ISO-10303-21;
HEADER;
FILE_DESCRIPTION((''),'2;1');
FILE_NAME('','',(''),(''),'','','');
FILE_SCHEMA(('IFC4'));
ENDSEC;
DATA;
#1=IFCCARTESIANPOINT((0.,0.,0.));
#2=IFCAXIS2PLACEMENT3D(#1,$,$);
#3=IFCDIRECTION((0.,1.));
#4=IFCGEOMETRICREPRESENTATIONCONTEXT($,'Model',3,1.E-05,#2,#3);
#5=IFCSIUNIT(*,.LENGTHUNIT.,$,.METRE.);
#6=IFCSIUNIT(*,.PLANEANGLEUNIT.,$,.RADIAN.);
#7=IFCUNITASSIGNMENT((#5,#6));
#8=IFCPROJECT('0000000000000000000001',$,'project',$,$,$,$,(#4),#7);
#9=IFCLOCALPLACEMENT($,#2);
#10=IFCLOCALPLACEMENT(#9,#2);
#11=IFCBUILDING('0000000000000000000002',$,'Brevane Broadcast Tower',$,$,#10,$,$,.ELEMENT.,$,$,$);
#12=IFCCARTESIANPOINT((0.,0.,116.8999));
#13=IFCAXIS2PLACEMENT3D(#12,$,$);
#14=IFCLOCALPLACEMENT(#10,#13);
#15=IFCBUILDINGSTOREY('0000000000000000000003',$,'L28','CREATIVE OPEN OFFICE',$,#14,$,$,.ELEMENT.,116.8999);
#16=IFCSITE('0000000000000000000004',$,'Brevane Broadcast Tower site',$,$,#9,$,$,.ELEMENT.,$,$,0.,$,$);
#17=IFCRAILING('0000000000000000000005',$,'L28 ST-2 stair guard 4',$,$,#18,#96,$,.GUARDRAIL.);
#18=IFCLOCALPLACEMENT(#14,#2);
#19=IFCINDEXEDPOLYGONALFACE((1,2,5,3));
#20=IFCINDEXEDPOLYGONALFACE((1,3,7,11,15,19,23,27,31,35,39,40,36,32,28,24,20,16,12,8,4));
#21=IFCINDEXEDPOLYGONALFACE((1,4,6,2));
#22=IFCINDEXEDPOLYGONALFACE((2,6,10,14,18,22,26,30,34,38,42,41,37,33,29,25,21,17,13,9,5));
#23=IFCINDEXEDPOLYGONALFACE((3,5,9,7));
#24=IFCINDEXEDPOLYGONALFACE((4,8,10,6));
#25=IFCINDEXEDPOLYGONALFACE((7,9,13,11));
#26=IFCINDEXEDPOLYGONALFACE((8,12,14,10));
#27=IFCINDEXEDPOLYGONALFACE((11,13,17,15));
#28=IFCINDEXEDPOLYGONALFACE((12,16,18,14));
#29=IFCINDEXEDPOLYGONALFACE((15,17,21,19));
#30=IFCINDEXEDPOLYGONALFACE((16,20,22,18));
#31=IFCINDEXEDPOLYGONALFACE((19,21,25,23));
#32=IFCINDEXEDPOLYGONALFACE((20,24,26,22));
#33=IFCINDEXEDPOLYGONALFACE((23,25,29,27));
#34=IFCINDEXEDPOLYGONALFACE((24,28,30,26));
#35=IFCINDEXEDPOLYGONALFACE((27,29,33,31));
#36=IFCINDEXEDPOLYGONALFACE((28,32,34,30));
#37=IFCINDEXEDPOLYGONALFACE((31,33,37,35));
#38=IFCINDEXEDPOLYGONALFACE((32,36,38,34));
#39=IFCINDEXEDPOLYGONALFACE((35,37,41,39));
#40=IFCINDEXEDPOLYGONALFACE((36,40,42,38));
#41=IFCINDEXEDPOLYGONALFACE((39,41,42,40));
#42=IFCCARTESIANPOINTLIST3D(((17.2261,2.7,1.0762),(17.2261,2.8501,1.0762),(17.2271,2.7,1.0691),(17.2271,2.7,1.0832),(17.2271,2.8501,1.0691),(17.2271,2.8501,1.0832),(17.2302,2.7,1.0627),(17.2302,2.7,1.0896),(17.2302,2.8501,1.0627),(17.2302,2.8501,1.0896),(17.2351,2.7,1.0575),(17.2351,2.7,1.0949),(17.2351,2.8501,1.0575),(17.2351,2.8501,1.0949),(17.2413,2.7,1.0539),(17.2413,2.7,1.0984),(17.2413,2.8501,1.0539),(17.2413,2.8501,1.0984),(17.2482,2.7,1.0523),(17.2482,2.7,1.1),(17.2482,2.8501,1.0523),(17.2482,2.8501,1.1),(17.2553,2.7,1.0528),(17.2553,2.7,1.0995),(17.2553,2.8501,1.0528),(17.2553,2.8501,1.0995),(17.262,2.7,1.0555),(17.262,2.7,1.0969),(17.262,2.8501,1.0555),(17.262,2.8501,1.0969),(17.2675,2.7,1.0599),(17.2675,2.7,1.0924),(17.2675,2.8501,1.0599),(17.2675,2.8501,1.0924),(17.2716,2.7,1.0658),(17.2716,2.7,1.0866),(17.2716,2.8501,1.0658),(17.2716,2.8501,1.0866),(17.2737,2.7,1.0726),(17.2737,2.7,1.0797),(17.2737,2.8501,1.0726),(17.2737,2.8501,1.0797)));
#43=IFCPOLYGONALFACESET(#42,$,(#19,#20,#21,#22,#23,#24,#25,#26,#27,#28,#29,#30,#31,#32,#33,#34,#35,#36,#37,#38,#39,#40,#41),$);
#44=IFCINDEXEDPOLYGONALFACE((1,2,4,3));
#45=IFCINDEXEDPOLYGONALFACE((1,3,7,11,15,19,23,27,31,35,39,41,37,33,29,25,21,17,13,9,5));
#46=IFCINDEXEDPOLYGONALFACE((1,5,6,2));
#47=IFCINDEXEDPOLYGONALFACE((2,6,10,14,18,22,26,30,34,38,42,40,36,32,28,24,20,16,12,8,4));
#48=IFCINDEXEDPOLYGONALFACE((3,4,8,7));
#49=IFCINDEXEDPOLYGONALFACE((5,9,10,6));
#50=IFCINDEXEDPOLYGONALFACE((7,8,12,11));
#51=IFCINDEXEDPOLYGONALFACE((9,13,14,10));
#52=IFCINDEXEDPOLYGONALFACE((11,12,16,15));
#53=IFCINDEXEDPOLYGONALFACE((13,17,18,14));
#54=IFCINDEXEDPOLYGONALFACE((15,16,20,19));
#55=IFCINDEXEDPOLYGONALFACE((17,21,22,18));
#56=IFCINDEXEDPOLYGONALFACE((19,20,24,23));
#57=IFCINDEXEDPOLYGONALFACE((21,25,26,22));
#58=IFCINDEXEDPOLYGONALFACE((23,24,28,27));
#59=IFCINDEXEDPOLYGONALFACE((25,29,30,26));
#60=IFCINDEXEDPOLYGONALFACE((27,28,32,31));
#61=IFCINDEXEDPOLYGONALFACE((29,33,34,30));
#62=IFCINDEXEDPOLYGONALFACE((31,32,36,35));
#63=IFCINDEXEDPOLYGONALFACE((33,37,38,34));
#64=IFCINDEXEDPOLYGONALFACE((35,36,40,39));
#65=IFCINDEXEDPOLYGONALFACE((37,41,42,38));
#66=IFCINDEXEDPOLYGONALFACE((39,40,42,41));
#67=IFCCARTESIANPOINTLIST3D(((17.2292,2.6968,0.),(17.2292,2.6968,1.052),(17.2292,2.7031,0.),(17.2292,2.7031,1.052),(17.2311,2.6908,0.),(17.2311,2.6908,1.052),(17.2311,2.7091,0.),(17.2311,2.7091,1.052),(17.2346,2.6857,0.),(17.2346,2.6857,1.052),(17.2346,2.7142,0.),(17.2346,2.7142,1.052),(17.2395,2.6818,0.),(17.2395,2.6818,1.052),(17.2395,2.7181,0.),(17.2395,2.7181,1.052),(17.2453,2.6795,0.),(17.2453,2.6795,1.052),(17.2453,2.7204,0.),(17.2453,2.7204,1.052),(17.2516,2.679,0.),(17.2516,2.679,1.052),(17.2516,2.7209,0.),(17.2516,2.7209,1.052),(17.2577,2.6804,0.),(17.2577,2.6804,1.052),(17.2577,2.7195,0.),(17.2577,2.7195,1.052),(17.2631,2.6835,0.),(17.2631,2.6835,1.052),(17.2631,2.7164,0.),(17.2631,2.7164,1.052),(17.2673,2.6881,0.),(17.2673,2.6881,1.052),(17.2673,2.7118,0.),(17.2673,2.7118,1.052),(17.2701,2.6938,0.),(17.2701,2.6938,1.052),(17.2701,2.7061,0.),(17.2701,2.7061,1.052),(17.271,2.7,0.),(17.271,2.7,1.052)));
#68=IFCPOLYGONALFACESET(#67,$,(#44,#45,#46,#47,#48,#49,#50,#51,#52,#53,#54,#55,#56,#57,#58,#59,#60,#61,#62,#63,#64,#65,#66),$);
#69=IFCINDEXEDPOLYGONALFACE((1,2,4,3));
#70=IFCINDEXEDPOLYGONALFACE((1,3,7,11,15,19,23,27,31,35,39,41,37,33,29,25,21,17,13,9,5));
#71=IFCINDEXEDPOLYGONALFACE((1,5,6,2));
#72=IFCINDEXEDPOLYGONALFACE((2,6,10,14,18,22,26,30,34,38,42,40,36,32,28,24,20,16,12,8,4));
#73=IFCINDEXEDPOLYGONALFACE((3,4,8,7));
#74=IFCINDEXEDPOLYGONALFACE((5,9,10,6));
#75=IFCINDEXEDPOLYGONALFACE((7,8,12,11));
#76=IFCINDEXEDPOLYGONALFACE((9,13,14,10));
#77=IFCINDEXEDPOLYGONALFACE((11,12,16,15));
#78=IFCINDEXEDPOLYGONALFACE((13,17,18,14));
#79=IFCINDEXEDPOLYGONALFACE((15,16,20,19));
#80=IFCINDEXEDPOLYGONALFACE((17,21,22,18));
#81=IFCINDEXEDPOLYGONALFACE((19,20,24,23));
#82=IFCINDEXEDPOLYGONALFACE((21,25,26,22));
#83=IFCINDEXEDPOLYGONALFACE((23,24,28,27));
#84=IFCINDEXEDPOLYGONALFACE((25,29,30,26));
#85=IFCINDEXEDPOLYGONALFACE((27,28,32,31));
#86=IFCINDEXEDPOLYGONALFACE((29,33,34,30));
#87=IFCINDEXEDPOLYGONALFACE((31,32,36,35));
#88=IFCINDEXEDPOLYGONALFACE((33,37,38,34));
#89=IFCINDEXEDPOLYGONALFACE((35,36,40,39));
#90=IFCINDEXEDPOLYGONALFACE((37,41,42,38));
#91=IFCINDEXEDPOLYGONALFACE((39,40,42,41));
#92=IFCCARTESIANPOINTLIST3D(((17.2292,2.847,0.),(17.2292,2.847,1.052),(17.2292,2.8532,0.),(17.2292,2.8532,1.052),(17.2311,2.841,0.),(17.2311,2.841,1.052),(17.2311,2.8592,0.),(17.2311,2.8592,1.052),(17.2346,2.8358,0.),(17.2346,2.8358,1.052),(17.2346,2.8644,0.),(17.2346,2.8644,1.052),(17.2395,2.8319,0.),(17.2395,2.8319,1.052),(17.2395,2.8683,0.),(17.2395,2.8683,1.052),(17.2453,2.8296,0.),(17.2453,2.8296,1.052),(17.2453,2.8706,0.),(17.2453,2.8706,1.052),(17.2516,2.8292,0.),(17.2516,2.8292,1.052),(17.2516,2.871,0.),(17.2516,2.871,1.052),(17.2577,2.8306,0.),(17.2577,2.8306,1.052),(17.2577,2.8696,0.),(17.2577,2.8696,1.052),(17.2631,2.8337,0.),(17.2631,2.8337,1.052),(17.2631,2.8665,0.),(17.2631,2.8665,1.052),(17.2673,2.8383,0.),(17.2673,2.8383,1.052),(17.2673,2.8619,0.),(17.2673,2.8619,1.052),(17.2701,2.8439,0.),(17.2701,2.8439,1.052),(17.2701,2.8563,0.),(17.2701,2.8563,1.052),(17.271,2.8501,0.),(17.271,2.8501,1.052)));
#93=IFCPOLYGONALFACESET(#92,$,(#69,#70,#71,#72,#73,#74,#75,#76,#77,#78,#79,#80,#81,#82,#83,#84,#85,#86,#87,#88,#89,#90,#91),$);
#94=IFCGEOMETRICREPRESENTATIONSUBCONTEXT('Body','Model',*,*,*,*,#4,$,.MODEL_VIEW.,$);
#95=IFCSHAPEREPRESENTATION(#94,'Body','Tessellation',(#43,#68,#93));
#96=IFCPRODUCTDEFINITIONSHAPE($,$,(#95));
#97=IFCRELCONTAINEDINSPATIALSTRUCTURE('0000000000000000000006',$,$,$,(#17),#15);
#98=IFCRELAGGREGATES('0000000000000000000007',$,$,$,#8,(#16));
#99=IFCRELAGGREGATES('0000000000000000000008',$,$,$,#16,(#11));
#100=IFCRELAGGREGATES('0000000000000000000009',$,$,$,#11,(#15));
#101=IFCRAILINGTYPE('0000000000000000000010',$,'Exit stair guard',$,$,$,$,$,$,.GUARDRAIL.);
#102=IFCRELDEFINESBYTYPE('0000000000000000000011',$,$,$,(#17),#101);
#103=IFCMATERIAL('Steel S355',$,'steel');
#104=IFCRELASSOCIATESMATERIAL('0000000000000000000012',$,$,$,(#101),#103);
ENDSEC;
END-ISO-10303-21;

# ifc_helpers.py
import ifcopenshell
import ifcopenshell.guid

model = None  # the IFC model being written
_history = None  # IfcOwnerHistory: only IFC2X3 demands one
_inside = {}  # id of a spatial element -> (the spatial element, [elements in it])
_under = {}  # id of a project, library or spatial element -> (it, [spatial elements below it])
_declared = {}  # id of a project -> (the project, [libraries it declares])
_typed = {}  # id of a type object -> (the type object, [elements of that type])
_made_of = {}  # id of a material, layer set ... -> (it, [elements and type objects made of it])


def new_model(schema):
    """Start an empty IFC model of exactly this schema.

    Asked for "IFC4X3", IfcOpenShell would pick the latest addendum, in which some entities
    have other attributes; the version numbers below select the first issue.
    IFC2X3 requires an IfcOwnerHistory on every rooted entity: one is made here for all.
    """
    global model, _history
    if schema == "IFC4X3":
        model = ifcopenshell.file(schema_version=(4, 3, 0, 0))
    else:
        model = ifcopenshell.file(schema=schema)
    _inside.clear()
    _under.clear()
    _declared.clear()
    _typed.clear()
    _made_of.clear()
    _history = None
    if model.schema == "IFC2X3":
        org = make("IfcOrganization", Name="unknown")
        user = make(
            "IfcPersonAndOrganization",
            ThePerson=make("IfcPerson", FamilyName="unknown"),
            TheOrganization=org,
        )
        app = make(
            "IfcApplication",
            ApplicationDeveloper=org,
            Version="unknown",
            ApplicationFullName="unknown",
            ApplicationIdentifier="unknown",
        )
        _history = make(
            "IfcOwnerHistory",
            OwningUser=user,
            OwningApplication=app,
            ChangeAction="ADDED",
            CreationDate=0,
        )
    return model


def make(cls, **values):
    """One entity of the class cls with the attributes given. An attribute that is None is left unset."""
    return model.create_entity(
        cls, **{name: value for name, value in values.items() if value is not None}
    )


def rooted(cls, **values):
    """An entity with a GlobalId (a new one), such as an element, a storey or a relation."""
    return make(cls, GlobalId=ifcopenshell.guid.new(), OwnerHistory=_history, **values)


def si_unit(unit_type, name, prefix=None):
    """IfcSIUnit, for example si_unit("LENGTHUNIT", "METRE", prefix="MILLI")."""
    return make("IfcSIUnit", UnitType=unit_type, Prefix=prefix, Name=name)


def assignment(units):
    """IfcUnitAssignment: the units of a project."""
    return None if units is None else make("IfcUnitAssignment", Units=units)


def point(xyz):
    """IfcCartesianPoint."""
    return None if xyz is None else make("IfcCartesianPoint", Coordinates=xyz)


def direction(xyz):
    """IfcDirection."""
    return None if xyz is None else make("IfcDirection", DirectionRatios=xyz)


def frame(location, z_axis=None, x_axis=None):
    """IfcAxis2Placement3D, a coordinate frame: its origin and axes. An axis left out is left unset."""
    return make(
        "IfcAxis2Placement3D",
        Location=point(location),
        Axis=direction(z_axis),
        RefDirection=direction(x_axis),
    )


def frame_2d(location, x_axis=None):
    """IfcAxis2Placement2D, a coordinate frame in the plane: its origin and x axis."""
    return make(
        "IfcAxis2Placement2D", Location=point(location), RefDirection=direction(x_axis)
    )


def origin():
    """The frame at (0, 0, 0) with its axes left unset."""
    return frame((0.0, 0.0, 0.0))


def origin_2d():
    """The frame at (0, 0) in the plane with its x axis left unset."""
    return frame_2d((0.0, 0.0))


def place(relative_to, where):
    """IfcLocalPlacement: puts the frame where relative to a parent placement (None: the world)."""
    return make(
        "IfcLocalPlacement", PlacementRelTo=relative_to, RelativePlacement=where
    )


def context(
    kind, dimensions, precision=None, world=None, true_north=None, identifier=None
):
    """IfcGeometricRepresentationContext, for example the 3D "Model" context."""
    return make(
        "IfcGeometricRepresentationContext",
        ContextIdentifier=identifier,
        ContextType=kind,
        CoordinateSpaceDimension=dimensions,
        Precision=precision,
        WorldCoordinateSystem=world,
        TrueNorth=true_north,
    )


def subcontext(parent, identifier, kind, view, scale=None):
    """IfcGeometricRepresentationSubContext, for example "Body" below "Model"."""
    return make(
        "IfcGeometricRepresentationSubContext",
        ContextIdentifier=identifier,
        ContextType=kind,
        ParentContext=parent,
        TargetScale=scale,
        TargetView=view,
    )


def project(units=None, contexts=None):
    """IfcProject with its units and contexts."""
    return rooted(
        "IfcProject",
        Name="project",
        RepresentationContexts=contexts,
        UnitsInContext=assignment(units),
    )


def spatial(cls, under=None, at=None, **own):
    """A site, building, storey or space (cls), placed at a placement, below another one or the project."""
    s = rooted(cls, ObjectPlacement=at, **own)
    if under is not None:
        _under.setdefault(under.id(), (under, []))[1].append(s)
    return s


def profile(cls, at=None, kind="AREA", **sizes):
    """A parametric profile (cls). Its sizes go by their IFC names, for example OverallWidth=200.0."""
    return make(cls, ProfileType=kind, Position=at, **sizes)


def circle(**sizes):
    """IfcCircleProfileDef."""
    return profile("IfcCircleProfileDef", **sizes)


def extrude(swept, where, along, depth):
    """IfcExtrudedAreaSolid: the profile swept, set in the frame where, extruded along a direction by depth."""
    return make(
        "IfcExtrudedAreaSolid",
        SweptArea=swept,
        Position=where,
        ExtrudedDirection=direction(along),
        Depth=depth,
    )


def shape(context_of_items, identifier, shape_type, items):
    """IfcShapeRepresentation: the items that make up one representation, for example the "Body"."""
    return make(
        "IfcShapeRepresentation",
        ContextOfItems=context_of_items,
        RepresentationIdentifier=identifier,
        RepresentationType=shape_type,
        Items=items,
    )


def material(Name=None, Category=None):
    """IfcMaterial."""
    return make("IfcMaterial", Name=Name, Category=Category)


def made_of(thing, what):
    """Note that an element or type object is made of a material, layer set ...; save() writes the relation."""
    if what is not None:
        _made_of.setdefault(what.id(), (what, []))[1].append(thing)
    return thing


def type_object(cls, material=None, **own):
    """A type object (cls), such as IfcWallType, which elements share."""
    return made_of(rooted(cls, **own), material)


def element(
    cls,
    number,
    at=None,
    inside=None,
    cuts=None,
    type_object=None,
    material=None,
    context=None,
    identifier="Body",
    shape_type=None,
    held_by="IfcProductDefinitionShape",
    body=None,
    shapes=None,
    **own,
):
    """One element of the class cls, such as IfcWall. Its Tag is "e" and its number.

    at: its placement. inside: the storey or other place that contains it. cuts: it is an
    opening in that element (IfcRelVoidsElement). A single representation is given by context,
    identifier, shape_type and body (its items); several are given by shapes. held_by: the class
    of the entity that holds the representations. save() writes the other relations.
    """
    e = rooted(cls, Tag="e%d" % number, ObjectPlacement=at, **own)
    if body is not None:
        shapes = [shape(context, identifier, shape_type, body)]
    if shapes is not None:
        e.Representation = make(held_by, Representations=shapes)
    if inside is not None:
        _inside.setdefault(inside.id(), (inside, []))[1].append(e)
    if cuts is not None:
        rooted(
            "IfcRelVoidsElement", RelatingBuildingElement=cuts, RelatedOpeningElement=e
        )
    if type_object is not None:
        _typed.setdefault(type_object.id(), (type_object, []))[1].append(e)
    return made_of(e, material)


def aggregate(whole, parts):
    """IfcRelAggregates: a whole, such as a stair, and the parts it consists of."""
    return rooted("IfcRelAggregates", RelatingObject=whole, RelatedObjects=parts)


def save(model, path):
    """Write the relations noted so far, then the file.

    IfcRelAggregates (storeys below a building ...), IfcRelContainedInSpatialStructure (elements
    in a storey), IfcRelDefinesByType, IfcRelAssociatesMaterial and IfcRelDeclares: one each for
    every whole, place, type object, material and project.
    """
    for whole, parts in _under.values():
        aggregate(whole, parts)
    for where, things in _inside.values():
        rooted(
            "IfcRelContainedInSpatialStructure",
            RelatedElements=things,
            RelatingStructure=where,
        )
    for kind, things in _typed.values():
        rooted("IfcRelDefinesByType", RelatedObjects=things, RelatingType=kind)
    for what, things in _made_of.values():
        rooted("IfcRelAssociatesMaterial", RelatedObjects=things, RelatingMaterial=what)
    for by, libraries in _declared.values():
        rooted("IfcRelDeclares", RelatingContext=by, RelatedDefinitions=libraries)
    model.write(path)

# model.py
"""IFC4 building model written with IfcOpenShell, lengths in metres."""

from ifc_helpers import new_model, si_unit, direction, frame, origin, origin_2d, place, context, subcontext, project, spatial, circle, extrude, material, type_object, element, save


model = new_model("IFC4")

# Units and contexts
model_context = context("Model", 3, precision=1e-05, world=origin(), true_north=direction((0.0, 1.0)))
body_context = subcontext(model_context, "Body", "Model", "MODEL_VIEW")
ifc_project = project(units=[si_unit("LENGTHUNIT", "METRE"), si_unit("PLANEANGLEUNIT", "RADIAN")], contexts=[model_context])

# Site, building, storey
site_placement = place(None, origin())
site = spatial("IfcSite", under=ifc_project, at=site_placement, Name="Brevane Broadcast Tower site", CompositionType="ELEMENT", RefElevation=0.0)
building_placement = place(site_placement, origin())
building = spatial("IfcBuilding", under=site, at=building_placement, Name="Brevane Broadcast Tower", CompositionType="ELEMENT")
storey_placement = place(building_placement, frame((0.0, 0.0, 116.8999)))
storey = spatial("IfcBuildingStorey", under=building, at=storey_placement, Name="L28", Description="CREATIVE OPEN OFFICE", CompositionType="ELEMENT", Elevation=116.8999)

# Railing
ifc_material_1 = material(Name="Steel S355", Category="steel")
railing_type_1 = type_object("IfcRailingType", Name="Exit stair guard", PredefinedType="GUARDRAIL", material=ifc_material_1)
railing_1_placement = place(storey_placement, frame((17.25, 2.7, 0.0)))
element("IfcRailing", 1, at=railing_1_placement, inside=storey, type_object=railing_type_1, Name="L28 ST-2 stair guard 4", PredefinedType="GUARDRAIL", context=body_context, shape_type="SweptSolid", body=[
    extrude(circle(Radius=0.0239, at=origin_2d()), frame((0.0, 0.0, 1.0762), z_axis=(0.0, 1.0, 0.0), x_axis=(-1.0, 0.0, 0.0)), (0.0, 0.0, 1.0), 0.1501),
    extrude(circle(Radius=0.021, at=origin_2d()), origin(), (0.0, 0.0, 1.0), 1.052),
    extrude(circle(Radius=0.021, at=origin_2d()), frame((0.0, 0.1501, 0.0)), (0.0, 0.0, 1.0), 1.052),
])

save(model, "model.ifc")
